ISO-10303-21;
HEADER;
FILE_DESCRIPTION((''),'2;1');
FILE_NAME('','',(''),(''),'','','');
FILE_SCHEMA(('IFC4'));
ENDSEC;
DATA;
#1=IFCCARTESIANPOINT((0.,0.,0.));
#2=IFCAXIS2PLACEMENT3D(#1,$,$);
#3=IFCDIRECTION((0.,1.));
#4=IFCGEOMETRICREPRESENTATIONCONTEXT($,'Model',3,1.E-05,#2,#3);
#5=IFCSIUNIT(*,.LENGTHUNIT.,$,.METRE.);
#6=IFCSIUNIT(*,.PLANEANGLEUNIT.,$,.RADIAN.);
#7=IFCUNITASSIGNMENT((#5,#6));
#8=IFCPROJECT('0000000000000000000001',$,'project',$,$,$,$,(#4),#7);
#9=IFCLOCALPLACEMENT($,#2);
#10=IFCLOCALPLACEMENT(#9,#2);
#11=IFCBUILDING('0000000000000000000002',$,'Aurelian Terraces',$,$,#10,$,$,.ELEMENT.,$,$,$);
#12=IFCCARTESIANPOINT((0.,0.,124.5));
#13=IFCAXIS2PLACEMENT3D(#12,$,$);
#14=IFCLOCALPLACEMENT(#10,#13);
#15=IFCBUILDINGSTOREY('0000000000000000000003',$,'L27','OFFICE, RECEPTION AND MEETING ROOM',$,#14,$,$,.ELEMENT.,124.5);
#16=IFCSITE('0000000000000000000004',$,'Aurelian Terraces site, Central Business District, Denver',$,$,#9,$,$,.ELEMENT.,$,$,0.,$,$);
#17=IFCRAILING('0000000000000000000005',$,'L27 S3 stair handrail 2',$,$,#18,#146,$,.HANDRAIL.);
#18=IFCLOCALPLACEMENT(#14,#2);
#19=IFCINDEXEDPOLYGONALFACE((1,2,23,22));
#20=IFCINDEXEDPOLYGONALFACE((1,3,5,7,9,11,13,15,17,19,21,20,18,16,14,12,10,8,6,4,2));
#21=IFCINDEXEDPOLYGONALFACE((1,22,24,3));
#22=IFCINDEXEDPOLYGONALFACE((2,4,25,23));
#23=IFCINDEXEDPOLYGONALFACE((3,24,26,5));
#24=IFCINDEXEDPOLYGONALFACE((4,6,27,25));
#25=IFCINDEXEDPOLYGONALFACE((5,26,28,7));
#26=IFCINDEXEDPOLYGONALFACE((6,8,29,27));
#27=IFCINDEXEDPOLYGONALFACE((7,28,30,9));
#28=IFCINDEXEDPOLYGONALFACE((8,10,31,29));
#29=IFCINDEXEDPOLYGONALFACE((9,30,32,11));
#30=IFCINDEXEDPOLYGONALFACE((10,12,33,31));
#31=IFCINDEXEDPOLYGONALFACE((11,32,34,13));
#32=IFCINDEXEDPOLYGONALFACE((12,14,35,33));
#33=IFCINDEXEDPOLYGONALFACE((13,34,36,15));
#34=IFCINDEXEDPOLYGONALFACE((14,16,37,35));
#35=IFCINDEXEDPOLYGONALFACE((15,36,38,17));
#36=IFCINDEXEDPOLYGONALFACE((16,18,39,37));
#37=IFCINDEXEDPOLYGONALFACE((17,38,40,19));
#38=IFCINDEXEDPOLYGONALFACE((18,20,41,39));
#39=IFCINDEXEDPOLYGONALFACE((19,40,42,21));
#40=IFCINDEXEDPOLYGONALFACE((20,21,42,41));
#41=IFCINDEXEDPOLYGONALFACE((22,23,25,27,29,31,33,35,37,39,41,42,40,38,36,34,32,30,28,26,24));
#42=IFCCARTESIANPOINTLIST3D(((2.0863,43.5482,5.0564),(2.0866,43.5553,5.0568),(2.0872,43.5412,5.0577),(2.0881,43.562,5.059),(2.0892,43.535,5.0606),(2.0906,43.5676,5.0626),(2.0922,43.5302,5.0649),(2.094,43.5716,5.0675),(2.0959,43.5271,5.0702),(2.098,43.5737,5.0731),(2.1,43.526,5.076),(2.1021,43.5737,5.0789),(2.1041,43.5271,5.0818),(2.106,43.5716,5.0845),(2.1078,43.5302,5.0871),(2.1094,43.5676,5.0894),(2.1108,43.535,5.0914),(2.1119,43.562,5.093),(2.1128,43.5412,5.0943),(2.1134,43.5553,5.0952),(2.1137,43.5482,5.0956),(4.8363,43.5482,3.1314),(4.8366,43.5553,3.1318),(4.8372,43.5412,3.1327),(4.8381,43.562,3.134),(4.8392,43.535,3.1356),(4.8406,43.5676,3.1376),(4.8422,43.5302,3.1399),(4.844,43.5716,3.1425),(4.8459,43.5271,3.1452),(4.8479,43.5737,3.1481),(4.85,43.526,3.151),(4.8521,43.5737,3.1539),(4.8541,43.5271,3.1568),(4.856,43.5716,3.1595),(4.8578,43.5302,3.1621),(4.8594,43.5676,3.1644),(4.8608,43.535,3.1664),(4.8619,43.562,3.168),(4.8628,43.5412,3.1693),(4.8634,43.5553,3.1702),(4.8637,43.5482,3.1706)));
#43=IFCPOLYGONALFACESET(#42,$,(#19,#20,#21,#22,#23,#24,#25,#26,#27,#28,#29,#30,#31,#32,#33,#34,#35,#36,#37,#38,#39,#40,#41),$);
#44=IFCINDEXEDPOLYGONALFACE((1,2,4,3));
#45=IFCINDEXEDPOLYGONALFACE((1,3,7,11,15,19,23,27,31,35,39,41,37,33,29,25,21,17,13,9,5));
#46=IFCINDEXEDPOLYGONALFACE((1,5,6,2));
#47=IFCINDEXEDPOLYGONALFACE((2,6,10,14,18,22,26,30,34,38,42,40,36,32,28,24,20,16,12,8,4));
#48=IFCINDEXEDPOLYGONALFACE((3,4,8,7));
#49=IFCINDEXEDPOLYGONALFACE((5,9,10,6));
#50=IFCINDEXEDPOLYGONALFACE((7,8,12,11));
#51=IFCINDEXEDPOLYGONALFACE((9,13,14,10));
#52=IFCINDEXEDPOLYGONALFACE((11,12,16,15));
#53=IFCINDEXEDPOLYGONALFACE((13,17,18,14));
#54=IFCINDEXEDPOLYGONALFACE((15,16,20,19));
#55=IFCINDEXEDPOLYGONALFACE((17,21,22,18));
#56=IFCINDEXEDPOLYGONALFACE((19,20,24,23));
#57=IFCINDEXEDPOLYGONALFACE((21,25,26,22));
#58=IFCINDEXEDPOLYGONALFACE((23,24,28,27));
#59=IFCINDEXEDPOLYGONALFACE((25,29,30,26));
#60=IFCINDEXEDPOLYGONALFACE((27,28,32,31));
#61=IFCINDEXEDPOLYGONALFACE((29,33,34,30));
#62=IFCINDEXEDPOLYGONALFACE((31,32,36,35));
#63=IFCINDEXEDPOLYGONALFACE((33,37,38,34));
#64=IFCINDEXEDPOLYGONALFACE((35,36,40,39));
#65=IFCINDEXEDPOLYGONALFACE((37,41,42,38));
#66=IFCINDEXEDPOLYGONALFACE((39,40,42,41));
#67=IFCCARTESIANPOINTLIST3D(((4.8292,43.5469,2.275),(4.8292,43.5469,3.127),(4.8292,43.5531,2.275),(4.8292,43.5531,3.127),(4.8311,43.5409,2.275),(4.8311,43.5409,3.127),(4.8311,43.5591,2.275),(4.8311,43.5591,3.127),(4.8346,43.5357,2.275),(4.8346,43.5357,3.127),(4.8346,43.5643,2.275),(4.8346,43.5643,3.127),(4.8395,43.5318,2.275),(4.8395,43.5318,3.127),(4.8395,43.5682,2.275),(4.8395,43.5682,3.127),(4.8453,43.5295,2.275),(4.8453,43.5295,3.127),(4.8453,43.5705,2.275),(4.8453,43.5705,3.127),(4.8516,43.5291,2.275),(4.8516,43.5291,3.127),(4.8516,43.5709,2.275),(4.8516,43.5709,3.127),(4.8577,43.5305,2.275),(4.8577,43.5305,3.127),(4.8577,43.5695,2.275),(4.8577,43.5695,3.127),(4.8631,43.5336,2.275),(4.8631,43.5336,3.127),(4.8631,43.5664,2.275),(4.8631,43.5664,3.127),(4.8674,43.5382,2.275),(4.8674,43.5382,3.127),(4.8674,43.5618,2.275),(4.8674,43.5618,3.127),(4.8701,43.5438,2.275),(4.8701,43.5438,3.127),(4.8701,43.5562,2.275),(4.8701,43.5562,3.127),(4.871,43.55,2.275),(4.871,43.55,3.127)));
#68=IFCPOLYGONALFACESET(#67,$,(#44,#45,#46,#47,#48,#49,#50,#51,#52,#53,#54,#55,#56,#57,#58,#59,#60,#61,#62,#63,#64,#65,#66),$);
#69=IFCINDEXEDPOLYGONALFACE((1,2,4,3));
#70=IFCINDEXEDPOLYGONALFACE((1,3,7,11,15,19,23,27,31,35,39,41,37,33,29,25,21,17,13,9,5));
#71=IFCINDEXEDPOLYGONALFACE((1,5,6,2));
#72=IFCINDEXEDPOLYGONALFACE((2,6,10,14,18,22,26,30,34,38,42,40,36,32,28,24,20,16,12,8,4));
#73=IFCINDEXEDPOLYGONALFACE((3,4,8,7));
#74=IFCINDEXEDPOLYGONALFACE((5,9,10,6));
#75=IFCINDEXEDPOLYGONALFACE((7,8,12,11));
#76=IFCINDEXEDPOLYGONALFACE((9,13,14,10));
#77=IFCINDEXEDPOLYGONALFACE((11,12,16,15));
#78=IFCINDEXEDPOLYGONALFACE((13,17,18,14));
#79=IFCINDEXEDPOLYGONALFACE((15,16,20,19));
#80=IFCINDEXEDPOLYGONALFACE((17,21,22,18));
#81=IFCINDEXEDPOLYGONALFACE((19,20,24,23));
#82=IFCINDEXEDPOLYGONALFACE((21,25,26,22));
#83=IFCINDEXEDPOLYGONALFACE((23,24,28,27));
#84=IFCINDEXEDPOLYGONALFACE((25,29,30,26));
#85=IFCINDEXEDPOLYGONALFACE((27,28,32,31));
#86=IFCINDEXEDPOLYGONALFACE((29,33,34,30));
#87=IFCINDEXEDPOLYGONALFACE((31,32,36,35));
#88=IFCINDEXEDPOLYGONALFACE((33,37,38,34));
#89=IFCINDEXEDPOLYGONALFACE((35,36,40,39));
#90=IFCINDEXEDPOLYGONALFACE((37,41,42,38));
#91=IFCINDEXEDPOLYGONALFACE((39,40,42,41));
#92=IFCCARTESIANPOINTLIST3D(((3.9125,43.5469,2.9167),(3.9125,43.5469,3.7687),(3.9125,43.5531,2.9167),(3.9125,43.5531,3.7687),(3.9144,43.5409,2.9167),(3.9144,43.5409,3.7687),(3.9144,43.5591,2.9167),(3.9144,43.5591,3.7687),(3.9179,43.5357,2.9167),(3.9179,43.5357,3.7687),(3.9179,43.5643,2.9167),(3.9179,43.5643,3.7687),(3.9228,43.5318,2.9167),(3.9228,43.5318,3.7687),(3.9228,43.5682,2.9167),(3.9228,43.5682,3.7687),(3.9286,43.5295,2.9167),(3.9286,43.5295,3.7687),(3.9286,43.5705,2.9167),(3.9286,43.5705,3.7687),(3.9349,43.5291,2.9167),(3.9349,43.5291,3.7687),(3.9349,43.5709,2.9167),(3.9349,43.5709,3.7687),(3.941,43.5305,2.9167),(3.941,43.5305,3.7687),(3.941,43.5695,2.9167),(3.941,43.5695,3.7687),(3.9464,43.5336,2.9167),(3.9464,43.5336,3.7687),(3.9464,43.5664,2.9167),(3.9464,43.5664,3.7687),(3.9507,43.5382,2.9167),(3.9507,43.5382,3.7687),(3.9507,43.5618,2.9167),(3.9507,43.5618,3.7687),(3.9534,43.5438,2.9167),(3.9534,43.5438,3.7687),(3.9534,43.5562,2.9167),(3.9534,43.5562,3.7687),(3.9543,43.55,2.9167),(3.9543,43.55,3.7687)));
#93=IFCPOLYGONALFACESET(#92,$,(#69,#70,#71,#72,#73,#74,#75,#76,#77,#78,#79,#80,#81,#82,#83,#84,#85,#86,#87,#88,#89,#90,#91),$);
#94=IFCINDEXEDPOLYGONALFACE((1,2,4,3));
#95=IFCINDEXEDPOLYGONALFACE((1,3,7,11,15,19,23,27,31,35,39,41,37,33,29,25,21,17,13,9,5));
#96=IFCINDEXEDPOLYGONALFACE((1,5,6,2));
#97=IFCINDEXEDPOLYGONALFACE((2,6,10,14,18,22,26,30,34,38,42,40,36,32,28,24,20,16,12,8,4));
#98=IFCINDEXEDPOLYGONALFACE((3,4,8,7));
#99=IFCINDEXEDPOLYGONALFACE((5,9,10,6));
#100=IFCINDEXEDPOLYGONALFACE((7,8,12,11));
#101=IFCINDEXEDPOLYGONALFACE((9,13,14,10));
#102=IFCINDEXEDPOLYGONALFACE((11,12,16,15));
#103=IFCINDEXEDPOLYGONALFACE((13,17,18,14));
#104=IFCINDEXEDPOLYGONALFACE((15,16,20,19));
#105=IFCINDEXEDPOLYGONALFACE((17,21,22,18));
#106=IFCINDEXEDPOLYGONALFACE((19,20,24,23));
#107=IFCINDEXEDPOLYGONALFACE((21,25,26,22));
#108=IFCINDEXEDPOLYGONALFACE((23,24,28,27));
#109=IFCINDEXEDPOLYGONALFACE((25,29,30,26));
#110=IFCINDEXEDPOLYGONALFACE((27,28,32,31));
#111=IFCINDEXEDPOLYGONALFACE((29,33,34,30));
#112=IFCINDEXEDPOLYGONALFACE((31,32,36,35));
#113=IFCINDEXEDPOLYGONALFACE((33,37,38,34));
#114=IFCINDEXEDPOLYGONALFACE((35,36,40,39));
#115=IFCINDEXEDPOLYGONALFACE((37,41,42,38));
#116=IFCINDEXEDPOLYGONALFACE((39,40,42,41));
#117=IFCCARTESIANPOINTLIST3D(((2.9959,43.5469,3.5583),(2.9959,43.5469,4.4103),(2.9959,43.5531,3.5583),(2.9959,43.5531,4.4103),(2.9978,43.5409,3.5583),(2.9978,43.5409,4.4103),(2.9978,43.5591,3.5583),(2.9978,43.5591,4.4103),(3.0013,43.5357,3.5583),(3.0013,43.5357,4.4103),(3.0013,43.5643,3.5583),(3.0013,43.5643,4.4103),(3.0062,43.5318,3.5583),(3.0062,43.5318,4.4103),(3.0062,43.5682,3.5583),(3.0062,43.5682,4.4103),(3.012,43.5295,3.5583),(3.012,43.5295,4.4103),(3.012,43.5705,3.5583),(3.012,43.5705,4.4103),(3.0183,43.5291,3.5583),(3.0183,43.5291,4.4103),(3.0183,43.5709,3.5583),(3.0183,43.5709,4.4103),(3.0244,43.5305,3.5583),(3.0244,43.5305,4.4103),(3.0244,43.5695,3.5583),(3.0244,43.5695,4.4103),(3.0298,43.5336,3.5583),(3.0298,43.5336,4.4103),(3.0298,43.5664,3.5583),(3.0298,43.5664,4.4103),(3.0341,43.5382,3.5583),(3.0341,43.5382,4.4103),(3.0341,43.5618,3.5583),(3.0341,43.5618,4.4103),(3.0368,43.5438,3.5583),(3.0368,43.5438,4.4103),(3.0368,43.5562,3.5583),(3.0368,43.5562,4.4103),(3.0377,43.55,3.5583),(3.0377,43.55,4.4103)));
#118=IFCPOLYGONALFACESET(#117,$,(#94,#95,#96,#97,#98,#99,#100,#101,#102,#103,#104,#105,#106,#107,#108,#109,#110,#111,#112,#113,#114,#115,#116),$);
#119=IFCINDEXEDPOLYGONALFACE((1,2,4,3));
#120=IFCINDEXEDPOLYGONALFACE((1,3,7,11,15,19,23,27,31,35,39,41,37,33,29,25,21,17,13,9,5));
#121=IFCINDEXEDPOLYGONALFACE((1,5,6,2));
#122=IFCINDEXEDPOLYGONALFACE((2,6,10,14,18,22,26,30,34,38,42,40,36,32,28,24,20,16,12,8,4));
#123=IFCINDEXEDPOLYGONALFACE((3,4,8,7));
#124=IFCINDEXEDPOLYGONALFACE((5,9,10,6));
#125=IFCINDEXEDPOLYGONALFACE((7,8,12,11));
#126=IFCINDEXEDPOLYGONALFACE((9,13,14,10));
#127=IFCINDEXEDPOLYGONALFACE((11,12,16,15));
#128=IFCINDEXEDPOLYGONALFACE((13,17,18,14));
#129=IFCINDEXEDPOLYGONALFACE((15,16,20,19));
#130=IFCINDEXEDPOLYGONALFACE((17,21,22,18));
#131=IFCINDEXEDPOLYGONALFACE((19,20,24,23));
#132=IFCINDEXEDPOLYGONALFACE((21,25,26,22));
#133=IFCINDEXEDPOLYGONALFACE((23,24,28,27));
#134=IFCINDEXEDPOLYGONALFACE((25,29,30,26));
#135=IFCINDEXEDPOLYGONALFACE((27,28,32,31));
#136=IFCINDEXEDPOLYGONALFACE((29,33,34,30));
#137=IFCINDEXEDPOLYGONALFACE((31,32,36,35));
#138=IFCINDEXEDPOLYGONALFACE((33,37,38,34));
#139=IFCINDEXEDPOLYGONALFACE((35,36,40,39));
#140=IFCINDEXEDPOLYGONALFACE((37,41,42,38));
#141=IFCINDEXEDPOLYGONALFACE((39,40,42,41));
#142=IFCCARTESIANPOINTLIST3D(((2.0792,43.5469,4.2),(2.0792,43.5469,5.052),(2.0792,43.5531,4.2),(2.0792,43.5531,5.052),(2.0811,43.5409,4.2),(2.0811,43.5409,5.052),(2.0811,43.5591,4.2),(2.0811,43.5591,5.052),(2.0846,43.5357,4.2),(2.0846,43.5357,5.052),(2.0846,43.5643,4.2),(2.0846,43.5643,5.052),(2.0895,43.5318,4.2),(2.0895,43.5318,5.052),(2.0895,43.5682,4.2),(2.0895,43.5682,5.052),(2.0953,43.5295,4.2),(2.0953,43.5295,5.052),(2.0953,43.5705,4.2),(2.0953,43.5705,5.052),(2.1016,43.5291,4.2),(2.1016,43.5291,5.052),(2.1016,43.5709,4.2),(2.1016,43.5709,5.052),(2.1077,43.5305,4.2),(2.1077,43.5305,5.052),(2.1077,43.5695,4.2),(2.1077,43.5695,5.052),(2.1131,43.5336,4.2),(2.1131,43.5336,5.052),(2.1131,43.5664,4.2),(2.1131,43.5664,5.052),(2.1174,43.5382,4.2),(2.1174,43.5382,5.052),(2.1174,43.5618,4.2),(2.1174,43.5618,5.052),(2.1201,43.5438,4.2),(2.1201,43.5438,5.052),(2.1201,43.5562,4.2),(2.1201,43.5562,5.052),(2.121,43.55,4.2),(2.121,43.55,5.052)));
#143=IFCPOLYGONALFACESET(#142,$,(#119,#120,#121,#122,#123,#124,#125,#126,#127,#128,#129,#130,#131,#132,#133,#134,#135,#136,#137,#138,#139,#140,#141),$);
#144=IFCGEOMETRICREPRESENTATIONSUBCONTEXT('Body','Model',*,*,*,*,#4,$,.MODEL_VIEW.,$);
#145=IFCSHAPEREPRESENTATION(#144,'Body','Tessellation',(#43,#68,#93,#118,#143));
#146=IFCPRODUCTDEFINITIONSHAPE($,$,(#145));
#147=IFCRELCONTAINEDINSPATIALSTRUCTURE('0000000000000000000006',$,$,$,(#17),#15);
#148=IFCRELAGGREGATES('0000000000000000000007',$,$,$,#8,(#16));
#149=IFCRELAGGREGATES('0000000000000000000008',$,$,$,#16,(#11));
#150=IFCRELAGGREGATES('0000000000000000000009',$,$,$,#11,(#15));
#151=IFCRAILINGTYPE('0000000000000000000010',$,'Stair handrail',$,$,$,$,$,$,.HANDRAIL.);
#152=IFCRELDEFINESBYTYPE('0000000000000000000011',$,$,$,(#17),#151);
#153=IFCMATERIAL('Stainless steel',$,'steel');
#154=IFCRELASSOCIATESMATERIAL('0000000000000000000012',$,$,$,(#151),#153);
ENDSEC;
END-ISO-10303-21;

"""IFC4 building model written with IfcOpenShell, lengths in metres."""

from ifc_helpers import new_model, si_unit, direction, frame, origin, origin_2d, place, context, subcontext, project, spatial, circle, extrude, source, transform, mapped, material, type_object, element, save


model = new_model("IFC4")

# Units and contexts
model_context = context("Model", 3, precision=1e-05, world=origin(), true_north=direction((0.0, 1.0)))
body_context = subcontext(model_context, "Body", "Model", "MODEL_VIEW")
ifc_project = project(units=[si_unit("LENGTHUNIT", "METRE"), si_unit("PLANEANGLEUNIT", "RADIAN")], contexts=[model_context])

# Site, building, storey
site_placement = place(None, origin())
site = spatial("IfcSite", under=ifc_project, at=site_placement, Name="Aurelian Terraces site, Central Business District, Denver", CompositionType="ELEMENT", RefElevation=0.0)
building_placement = place(site_placement, origin())
building = spatial("IfcBuilding", under=site, at=building_placement, Name="Aurelian Terraces", CompositionType="ELEMENT")
storey_placement = place(building_placement, frame((0.0, 0.0, 124.5)))
storey = spatial("IfcBuildingStorey", under=building, at=storey_placement, Name="L27", Description="OFFICE, RECEPTION AND MEETING ROOM", CompositionType="ELEMENT", Elevation=124.5)

# Railing
ifc_material_1 = material(Name="Stainless steel", Category="steel")
railing_type_1 = type_object("IfcRailingType", Name="Stair handrail", PredefinedType="HANDRAIL", material=ifc_material_1)
shared_shape_1 = source(origin(), body_context, "Body", "SweptSolid", [
    extrude(circle(Radius=0.024, at=origin_2d()), frame((0.0, 0.0, 0.876), z_axis=(-0.819232, 0.0, 0.573462), x_axis=(0.0, -1.0, 0.0)), (0.0, 0.0, 1.0), 3.3568),
    extrude(circle(Radius=0.021, at=origin_2d()), origin(), (0.0, 0.0, 1.0), 0.852),
    extrude(circle(Radius=0.021, at=origin_2d()), frame((-0.9167, 0.0, 0.6417)), (0.0, 0.0, 1.0), 0.852),
    extrude(circle(Radius=0.021, at=origin_2d()), frame((-1.8333, 0.0, 1.2833)), (0.0, 0.0, 1.0), 0.852),
    extrude(circle(Radius=0.021, at=origin_2d()), frame((-2.75, 0.0, 1.925)), (0.0, 0.0, 1.0), 0.852),
])
railing_1_placement = place(storey_placement, frame((4.85, 43.55, 2.275)))
element("IfcRailing", 1, at=railing_1_placement, inside=storey, type_object=railing_type_1, Name="L27 S3 stair handrail 2", PredefinedType="HANDRAIL", context=body_context, shape_type="MappedRepresentation", body=[
    mapped(shared_shape_1, transform((0.0, 0.0, 0.0), scale=1.0)),
])

save(model, "model.ifc")
